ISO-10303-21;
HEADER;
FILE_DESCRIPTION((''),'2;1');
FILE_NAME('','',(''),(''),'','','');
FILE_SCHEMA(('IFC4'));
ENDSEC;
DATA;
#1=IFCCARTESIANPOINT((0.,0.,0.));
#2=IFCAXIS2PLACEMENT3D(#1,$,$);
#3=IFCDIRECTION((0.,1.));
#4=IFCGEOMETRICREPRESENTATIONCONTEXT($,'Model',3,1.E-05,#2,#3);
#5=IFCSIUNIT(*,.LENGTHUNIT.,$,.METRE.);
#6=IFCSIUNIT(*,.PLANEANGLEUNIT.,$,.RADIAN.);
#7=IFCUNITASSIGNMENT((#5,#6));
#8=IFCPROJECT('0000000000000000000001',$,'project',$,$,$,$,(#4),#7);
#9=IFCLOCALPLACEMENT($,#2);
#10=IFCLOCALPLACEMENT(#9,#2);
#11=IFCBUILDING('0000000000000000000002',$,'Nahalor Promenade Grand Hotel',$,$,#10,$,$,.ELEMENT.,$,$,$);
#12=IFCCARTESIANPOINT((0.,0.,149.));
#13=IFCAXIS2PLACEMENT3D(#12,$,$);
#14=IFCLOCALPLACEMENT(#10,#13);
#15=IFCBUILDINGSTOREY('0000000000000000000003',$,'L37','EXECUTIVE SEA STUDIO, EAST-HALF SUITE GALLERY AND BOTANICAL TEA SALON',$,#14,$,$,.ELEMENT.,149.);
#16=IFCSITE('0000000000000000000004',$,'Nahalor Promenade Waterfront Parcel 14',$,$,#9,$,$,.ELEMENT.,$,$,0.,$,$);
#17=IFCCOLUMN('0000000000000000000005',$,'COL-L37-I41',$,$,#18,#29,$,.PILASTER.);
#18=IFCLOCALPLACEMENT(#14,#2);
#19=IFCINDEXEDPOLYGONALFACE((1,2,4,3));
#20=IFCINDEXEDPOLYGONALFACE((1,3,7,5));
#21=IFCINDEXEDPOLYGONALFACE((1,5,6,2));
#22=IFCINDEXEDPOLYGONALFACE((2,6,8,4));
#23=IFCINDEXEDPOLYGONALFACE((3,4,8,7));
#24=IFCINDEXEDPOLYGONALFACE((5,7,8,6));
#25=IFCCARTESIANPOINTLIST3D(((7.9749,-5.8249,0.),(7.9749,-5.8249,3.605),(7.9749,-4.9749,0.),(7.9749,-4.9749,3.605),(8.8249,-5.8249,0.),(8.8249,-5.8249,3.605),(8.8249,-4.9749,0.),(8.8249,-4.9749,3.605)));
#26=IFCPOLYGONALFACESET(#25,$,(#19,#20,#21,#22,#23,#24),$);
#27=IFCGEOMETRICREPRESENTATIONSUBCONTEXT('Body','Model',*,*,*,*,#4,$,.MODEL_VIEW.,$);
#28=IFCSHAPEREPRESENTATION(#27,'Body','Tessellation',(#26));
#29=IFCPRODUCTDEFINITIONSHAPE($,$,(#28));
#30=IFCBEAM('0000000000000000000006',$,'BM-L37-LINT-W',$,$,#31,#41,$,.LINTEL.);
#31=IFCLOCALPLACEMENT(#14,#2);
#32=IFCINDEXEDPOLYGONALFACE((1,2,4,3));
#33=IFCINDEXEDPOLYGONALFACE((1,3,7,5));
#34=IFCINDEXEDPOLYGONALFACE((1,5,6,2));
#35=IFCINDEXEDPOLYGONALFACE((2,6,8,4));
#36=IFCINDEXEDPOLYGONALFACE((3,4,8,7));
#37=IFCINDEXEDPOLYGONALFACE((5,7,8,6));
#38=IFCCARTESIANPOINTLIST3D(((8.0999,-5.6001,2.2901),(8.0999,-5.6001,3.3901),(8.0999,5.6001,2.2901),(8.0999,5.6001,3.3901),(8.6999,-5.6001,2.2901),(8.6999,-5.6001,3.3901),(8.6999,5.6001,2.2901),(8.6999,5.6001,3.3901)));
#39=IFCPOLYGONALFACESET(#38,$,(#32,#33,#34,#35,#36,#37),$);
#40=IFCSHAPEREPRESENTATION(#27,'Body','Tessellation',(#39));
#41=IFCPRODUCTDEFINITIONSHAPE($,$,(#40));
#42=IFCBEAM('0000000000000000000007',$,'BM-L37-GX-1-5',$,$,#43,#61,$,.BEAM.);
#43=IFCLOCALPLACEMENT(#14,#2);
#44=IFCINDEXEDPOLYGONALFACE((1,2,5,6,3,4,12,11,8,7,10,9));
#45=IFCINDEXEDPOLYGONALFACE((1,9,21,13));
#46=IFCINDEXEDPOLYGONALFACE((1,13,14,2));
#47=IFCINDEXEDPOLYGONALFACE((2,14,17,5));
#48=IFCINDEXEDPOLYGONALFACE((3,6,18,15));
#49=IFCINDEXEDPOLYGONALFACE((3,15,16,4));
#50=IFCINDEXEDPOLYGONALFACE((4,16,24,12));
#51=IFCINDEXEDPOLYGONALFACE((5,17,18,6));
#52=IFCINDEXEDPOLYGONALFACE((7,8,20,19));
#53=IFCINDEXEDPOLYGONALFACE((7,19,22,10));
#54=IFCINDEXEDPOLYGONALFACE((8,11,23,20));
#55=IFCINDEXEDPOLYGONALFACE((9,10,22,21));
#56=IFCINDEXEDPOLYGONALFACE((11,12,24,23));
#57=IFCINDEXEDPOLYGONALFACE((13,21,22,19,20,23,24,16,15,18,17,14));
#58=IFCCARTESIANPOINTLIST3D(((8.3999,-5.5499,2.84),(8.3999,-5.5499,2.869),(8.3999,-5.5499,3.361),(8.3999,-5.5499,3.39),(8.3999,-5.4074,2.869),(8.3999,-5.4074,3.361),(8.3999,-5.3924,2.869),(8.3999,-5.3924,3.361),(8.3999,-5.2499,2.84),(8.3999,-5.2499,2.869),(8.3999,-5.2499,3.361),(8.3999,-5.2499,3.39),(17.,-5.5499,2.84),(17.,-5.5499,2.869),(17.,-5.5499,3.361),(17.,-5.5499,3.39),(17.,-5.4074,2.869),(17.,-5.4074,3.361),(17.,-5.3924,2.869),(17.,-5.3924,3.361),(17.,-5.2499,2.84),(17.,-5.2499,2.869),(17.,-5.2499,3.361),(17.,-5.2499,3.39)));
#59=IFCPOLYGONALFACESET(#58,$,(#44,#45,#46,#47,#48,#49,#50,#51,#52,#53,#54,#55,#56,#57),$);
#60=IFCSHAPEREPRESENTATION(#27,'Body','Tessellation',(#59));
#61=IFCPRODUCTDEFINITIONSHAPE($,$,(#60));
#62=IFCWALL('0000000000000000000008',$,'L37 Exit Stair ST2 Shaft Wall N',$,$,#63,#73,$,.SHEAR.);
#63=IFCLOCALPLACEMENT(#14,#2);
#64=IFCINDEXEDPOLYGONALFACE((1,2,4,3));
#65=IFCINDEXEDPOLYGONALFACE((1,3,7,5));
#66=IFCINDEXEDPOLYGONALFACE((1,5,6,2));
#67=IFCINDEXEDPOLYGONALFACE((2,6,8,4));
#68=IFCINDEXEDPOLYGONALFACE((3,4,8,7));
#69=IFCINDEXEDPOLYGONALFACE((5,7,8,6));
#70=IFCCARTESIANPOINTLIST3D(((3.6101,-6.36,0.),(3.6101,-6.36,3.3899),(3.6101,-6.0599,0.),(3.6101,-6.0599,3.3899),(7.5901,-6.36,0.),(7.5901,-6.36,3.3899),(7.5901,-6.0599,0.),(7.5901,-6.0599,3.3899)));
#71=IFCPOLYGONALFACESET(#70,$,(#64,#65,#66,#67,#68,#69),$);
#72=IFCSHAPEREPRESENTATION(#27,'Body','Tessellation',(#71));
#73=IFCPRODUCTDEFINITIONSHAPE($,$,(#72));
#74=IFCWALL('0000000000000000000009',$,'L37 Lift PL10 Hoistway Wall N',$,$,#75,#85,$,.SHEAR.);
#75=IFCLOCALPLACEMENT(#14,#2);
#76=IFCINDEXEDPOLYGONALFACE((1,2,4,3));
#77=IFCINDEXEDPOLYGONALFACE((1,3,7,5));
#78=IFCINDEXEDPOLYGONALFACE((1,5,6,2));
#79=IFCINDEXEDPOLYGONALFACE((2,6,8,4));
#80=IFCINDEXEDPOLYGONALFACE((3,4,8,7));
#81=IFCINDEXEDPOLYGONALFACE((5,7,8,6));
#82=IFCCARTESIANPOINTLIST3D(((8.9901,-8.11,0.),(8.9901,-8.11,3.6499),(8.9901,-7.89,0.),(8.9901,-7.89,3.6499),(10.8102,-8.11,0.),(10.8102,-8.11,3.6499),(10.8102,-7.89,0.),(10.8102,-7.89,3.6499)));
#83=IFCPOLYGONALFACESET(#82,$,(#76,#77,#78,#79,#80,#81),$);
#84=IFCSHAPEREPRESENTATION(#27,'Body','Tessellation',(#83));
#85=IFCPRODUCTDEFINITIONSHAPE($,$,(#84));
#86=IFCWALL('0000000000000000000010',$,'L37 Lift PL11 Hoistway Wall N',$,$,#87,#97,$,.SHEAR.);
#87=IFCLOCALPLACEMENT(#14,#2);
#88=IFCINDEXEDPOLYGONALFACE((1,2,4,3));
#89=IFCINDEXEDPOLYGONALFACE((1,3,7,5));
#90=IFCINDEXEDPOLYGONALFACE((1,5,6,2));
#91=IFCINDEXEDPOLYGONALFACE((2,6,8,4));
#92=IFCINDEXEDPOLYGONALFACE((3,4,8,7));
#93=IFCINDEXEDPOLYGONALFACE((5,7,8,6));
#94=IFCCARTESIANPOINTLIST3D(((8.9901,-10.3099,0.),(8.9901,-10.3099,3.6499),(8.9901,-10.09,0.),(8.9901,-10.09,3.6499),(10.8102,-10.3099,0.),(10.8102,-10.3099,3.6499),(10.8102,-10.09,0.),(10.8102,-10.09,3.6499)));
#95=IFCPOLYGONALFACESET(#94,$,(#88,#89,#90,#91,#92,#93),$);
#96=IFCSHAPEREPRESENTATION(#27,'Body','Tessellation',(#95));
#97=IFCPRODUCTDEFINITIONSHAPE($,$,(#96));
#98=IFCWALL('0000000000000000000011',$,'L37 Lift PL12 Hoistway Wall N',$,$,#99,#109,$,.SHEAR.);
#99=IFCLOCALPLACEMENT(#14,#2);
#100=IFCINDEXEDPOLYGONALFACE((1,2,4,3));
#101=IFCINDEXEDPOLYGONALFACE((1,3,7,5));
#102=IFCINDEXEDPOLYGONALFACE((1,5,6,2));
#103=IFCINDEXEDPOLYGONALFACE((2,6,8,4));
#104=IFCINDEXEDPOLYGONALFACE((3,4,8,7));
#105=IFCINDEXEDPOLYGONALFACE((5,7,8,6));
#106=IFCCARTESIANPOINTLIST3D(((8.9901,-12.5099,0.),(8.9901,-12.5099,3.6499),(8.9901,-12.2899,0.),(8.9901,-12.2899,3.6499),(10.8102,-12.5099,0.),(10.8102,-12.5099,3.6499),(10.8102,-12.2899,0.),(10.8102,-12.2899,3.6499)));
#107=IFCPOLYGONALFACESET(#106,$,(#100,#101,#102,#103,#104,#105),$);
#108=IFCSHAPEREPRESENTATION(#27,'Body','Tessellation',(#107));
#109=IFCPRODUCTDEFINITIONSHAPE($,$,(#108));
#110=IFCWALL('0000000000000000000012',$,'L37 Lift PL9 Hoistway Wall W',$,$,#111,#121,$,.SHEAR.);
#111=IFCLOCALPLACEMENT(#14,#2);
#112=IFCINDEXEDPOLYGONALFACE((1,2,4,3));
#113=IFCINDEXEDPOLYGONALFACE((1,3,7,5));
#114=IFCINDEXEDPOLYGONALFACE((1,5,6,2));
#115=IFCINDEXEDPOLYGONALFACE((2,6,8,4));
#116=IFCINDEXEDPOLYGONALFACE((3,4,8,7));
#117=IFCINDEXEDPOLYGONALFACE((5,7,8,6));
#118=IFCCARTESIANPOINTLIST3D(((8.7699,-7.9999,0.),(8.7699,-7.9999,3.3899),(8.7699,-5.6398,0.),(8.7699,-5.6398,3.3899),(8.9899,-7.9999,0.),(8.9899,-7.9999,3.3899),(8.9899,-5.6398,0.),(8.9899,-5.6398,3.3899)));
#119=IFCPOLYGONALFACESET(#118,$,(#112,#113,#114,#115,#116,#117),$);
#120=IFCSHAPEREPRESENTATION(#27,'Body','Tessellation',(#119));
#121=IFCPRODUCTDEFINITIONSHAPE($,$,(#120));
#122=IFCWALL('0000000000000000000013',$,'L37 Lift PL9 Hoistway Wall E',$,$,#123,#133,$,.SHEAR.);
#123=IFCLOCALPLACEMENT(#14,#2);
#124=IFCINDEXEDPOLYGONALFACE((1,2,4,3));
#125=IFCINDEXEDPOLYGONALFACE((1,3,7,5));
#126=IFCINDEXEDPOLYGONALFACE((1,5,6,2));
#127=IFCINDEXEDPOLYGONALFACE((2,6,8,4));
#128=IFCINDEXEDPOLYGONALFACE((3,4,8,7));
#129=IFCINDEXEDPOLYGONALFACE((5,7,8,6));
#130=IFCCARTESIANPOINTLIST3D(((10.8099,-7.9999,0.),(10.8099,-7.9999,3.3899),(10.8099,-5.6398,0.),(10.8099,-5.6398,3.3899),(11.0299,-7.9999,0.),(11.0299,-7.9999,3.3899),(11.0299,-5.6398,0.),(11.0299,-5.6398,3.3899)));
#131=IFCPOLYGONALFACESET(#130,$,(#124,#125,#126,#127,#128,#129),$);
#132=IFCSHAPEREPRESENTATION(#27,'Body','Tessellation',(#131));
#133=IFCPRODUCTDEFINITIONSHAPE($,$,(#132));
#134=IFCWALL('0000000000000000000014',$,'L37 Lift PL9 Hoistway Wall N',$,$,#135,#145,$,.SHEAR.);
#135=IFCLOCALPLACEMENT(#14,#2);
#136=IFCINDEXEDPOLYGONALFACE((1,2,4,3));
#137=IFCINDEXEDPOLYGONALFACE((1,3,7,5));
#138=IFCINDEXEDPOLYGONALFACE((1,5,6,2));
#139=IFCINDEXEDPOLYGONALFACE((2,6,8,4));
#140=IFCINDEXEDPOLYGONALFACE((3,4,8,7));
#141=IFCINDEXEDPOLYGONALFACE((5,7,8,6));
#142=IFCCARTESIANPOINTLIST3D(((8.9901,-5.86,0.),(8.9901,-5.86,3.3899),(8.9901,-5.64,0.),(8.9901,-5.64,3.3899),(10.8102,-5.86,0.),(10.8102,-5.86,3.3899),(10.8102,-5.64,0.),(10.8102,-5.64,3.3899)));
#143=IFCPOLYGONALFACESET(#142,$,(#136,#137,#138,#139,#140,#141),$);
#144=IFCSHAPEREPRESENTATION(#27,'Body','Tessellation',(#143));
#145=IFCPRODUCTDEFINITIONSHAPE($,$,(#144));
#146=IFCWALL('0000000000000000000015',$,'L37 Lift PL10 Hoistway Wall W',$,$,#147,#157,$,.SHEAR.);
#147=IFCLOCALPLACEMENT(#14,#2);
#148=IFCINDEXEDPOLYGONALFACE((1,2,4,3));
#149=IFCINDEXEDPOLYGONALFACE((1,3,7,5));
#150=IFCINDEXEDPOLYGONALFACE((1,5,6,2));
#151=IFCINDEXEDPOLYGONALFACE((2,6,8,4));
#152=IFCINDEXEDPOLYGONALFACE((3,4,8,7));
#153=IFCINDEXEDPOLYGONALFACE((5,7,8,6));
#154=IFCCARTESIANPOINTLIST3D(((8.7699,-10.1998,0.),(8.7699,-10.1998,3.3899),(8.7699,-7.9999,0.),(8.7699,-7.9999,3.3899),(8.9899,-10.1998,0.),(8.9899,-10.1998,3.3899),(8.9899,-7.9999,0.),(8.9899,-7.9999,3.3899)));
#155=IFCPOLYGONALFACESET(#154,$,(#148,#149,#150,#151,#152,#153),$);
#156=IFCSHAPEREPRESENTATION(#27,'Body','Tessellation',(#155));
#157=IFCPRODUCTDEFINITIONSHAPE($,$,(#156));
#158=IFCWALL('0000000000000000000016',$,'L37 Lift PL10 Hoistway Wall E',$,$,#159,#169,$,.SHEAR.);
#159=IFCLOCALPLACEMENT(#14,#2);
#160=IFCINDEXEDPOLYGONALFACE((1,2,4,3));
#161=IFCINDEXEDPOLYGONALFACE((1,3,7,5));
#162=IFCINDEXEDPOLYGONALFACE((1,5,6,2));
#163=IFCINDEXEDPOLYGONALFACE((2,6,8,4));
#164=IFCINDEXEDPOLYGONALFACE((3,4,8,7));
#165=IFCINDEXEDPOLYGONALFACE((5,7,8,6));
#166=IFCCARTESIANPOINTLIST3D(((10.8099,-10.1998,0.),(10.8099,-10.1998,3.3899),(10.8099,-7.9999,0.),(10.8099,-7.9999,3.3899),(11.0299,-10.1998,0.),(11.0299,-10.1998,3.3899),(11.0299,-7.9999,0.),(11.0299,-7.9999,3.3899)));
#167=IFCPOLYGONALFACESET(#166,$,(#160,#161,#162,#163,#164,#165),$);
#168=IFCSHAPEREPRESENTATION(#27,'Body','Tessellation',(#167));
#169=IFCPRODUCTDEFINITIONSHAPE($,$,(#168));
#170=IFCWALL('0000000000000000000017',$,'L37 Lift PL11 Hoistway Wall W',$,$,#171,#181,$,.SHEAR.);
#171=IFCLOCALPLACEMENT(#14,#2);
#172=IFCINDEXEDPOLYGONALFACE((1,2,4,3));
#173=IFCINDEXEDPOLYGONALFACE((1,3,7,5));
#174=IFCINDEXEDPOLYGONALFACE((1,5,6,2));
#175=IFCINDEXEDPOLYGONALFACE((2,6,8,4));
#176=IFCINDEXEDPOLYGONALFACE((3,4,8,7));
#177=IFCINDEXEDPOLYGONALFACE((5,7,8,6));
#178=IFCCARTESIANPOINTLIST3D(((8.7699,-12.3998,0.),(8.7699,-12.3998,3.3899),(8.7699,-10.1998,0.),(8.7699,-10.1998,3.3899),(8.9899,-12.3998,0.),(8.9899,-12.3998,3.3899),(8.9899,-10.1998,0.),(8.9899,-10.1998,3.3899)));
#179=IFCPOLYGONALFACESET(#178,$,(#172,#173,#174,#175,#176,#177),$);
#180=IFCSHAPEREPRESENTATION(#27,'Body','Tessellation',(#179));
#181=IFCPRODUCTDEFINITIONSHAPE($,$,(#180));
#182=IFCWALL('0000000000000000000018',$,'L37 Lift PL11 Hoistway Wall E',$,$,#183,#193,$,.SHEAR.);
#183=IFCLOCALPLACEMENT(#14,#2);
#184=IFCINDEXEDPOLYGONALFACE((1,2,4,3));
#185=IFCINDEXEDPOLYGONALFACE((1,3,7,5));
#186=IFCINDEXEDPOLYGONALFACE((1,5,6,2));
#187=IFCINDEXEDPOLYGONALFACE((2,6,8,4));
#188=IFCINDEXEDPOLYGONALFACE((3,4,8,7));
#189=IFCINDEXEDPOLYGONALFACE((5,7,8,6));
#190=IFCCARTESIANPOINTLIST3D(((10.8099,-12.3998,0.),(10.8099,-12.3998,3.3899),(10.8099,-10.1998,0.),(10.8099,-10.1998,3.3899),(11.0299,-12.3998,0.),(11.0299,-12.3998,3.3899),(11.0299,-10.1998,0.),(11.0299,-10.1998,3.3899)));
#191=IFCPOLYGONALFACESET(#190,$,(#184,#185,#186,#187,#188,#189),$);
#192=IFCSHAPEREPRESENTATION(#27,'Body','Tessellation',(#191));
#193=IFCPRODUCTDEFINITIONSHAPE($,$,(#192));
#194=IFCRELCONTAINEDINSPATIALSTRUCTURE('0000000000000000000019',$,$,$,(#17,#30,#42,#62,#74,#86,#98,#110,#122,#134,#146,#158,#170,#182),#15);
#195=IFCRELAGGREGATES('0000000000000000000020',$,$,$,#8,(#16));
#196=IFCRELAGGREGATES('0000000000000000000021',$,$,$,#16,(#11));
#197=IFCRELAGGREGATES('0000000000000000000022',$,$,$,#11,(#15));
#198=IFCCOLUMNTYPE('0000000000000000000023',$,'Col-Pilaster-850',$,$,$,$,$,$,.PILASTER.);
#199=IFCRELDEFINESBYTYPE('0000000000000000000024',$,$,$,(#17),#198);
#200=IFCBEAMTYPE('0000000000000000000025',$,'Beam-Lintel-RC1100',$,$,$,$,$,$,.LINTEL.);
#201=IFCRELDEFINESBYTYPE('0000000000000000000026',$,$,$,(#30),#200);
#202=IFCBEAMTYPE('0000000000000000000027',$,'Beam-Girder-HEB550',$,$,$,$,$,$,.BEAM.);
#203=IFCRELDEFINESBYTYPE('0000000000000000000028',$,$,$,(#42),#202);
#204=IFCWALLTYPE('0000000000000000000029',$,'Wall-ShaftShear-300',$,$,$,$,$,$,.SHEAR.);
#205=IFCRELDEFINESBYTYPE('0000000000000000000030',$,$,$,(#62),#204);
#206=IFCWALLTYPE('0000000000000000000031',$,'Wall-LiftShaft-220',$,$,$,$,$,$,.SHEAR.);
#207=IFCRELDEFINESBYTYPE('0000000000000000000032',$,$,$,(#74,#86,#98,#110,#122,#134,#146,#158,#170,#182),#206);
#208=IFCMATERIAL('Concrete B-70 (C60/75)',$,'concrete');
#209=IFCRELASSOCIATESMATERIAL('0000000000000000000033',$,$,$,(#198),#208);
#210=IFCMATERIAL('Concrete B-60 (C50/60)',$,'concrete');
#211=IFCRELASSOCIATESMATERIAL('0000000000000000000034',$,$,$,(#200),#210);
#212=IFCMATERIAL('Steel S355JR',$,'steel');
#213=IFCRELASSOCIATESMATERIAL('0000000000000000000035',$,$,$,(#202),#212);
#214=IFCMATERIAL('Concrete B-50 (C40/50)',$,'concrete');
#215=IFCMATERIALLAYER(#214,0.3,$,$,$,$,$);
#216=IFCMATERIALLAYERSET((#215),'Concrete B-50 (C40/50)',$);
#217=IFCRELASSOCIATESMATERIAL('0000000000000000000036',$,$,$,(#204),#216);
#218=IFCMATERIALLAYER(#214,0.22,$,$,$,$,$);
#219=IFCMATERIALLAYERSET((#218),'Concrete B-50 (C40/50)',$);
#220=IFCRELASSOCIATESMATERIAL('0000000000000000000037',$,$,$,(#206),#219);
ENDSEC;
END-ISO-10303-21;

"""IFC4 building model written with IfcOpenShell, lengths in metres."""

from ifc_helpers import new_model, si_unit, direction, frame, frame_2d, origin, origin_2d, place, context, subcontext, project, spatial, rectangle, i_section, extrude, source, transform, mapped, material, layer, layer_set, material_profile, profile_set, type_object, element, save


model = new_model("IFC4")

# Units and contexts
model_context = context("Model", 3, precision=1e-05, world=origin(), true_north=direction((0.0, 1.0)))
body_context = subcontext(model_context, "Body", "Model", "MODEL_VIEW")
ifc_project = project(units=[si_unit("LENGTHUNIT", "METRE"), si_unit("PLANEANGLEUNIT", "RADIAN")], contexts=[model_context])

# Site, building, storey
site_placement = place(None, origin())
site = spatial("IfcSite", under=ifc_project, at=site_placement, Name="Nahalor Promenade Waterfront Parcel 14", CompositionType="ELEMENT", RefElevation=0.0)
building_placement = place(site_placement, origin())
building = spatial("IfcBuilding", under=site, at=building_placement, Name="Nahalor Promenade Grand Hotel", CompositionType="ELEMENT")
storey_placement = place(building_placement, frame((0.0, 0.0, 149.0)))
storey = spatial("IfcBuildingStorey", under=building, at=storey_placement, Name="L37", Description="EXECUTIVE SEA STUDIO, EAST-HALF SUITE GALLERY AND BOTANICAL TEA SALON", CompositionType="ELEMENT", Elevation=149.0)

# Column
ifc_material_1 = material(Name="Concrete B-70 (C60/75)", Category="concrete")
ifc_material_profile_1 = material_profile(ifc_material_1, rectangle(XDim=0.85, YDim=0.85, at=origin_2d()), Name="RC 850x850")
ifc_profile_set_1 = profile_set([ifc_material_profile_1], Name="Concrete B-70 (C60/75)")
column_type = type_object("IfcColumnType", Name="Col-Pilaster-850", PredefinedType="PILASTER", material=ifc_profile_set_1)
shared_shape_1 = source(origin(), body_context, "Body", "SweptSolid", [
    extrude(rectangle(XDim=0.85, YDim=0.85, at=origin_2d()), origin(), (0.0, 0.0, 1.0), 3.605),
])
column_placement = place(storey_placement, frame((8.3999, -5.3999, 0.0), z_axis=(0.0, 0.0, 1.0), x_axis=(1.0, 0.0, 0.0)))
element("IfcColumn", 1, at=column_placement, inside=storey, type_object=column_type, Name="COL-L37-I41", PredefinedType="PILASTER", context=body_context, shape_type="MappedRepresentation", body=[
    mapped(shared_shape_1, transform((0.0, 0.0, 0.0), scale=1.0)),
])

# Beams
ifc_material_2 = material(Name="Concrete B-60 (C50/60)", Category="concrete")
ifc_material_profile_2 = material_profile(ifc_material_2, rectangle(XDim=0.6, YDim=1.1, at=origin_2d()), Name="RC 600x1100")
ifc_profile_set_2 = profile_set([ifc_material_profile_2], Name="Concrete B-60 (C50/60)")
beam_type_1 = type_object("IfcBeamType", Name="Beam-Lintel-RC1100", PredefinedType="LINTEL", material=ifc_profile_set_2)
shared_shape_2 = source(origin(), body_context, "Body", "SweptSolid", [
    extrude(rectangle(XDim=0.6, YDim=1.1, at=origin_2d()), origin(), (0.0, 0.0, 1.0), 11.2002),
])
beam_1_placement = place(storey_placement, frame((8.3999, -5.6001, 2.8401), z_axis=(0.0, 1.0, 0.0), x_axis=(-1.0, 0.0, 0.0)))
element("IfcBeam", 2, at=beam_1_placement, inside=storey, type_object=beam_type_1, Name="BM-L37-LINT-W", PredefinedType="LINTEL", context=body_context, shape_type="MappedRepresentation", body=[
    mapped(shared_shape_2, transform((0.0, 0.0, 0.0), scale=1.0)),
])
ifc_material_3 = material(Name="Steel S355JR", Category="steel")
ifc_material_profile_3 = material_profile(ifc_material_3, i_section(OverallWidth=0.3, OverallDepth=0.55, WebThickness=0.015, FlangeThickness=0.029, at=origin_2d()), Name="HEB 550")
ifc_profile_set_3 = profile_set([ifc_material_profile_3], Name="Steel S355JR")
beam_type_2 = type_object("IfcBeamType", Name="Beam-Girder-HEB550", PredefinedType="BEAM", material=ifc_profile_set_3)
shared_shape_3 = source(origin(), body_context, "Body", "SweptSolid", [
    extrude(i_section(OverallWidth=0.3, OverallDepth=0.55, WebThickness=0.015, FlangeThickness=0.029, at=origin_2d()), origin(), (0.0, 0.0, 1.0), 8.6001),
])
beam_2_placement = place(storey_placement, frame((8.3999, -5.3999, 3.115), z_axis=(1.0, 0.0, 0.0), x_axis=(0.0, 1.0, 0.0)))
element("IfcBeam", 3, at=beam_2_placement, inside=storey, type_object=beam_type_2, Name="BM-L37-GX-1-5", PredefinedType="BEAM", context=body_context, shape_type="MappedRepresentation", body=[
    mapped(shared_shape_3, transform((0.0, 0.0, 0.0), scale=1.0)),
])

# Walls
ifc_material_4 = material(Name="Concrete B-50 (C40/50)", Category="concrete")
ifc_layer_1 = layer(ifc_material_4, 0.3)
ifc_layer_set_1 = layer_set([ifc_layer_1], Name="Concrete B-50 (C40/50)")
wall_type_1 = type_object("IfcWallType", Name="Wall-ShaftShear-300", PredefinedType="SHEAR", material=ifc_layer_set_1)
shared_shape_4 = source(origin(), body_context, "Body", "SweptSolid", [
    extrude(rectangle(XDim=3.98, YDim=0.3, at=frame_2d((1.99, 0.0))), origin(), (0.0, 0.0, 1.0), 3.3899),
])
wall_1_placement = place(storey_placement, frame((3.6101, -6.21, 0.0), z_axis=(0.0, 0.0, 1.0), x_axis=(1.0, 0.0, 0.0)))
element("IfcWall", 4, at=wall_1_placement, inside=storey, type_object=wall_type_1, Name="L37 Exit Stair ST2 Shaft Wall N", PredefinedType="SHEAR", context=body_context, shape_type="MappedRepresentation", body=[
    mapped(shared_shape_4, transform((0.0, 0.0, 0.0), scale=1.0)),
])
ifc_layer_2 = layer(ifc_material_4, 0.22)
ifc_layer_set_2 = layer_set([ifc_layer_2], Name="Concrete B-50 (C40/50)")
wall_type_2 = type_object("IfcWallType", Name="Wall-LiftShaft-220", PredefinedType="SHEAR", material=ifc_layer_set_2)
shared_shape_5 = source(origin(), body_context, "Body", "SweptSolid", [
    extrude(rectangle(XDim=1.8201, YDim=0.22, at=frame_2d((0.9102, 0.0))), origin(), (0.0, 0.0, 1.0), 3.6499),
])
for number, where, z_axis, x_axis, name in (
    (5, (8.99, -8.0, 0.0), (0.0, 0.0, 1.0), (1.0, 0.0, 0.0), "L37 Lift PL10 Hoistway Wall N"),
    (6, (8.99, -10.2, 0.0), (0.0, 0.0, 1.0), (1.0, 0.0, 0.0), "L37 Lift PL11 Hoistway Wall N"),
    (7, (8.99, -12.3999, 0.0), (0.0, 0.0, 1.0), (1.0, 0.0, 0.0), "L37 Lift PL12 Hoistway Wall N"),
):
    element("IfcWall", number, at=place(storey_placement, frame(where, z_axis=z_axis, x_axis=x_axis)), inside=storey, type_object=wall_type_2, Name=name, PredefinedType="SHEAR", context=body_context, shape_type="MappedRepresentation", body=[
        mapped(shared_shape_5, transform((0.0, 0.0, 0.0), scale=1.0)),
    ])
shared_shape_6 = source(origin(), body_context, "Body", "SweptSolid", [
    extrude(rectangle(XDim=2.3601, YDim=0.22, at=frame_2d((1.1802, 0.0))), origin(), (0.0, 0.0, 1.0), 3.3899),
])
for number, where, z_axis, x_axis, name in (
    (8, (8.8799, -8.0, 0.0), (0.0, 0.0, 1.0), (0.0, 1.0, 0.0), "L37 Lift PL9 Hoistway Wall W"),
    (9, (10.9199, -8.0, 0.0), (0.0, 0.0, 1.0), (0.0, 1.0, 0.0), "L37 Lift PL9 Hoistway Wall E"),
):
    element("IfcWall", number, at=place(storey_placement, frame(where, z_axis=z_axis, x_axis=x_axis)), inside=storey, type_object=wall_type_2, Name=name, PredefinedType="SHEAR", context=body_context, shape_type="MappedRepresentation", body=[
        mapped(shared_shape_6, transform((0.0, 0.0, 0.0), scale=1.0)),
    ])
shared_shape_7 = source(origin(), body_context, "Body", "SweptSolid", [
    extrude(rectangle(XDim=1.8201, YDim=0.22, at=frame_2d((0.9102, 0.0))), origin(), (0.0, 0.0, 1.0), 3.3899),
])
wall_2_placement = place(storey_placement, frame((8.99, -5.75, 0.0), z_axis=(0.0, 0.0, 1.0), x_axis=(1.0, 0.0, 0.0)))
element("IfcWall", 10, at=wall_2_placement, inside=storey, type_object=wall_type_2, Name="L37 Lift PL9 Hoistway Wall N", PredefinedType="SHEAR", context=body_context, shape_type="MappedRepresentation", body=[
    mapped(shared_shape_7, transform((0.0, 0.0, 0.0), scale=1.0)),
])
shared_shape_8 = source(origin(), body_context, "Body", "SweptSolid", [
    extrude(rectangle(XDim=2.2, YDim=0.22, at=frame_2d((1.1001, 0.0))), origin(), (0.0, 0.0, 1.0), 3.3899),
])
for number, where, z_axis, x_axis, name in (
    (11, (8.8799, -10.2, 0.0), (0.0, 0.0, 1.0), (0.0, 1.0, 0.0), "L37 Lift PL10 Hoistway Wall W"),
    (12, (10.9199, -10.2, 0.0), (0.0, 0.0, 1.0), (0.0, 1.0, 0.0), "L37 Lift PL10 Hoistway Wall E"),
    (13, (8.8799, -12.3999, 0.0), (0.0, 0.0, 1.0), (0.0, 1.0, 0.0), "L37 Lift PL11 Hoistway Wall W"),
    (14, (10.9199, -12.3999, 0.0), (0.0, 0.0, 1.0), (0.0, 1.0, 0.0), "L37 Lift PL11 Hoistway Wall E"),
):
    element("IfcWall", number, at=place(storey_placement, frame(where, z_axis=z_axis, x_axis=x_axis)), inside=storey, type_object=wall_type_2, Name=name, PredefinedType="SHEAR", context=body_context, shape_type="MappedRepresentation", body=[
        mapped(shared_shape_8, transform((0.0, 0.0, 0.0), scale=1.0)),
    ])

save(model, "model.ifc")
